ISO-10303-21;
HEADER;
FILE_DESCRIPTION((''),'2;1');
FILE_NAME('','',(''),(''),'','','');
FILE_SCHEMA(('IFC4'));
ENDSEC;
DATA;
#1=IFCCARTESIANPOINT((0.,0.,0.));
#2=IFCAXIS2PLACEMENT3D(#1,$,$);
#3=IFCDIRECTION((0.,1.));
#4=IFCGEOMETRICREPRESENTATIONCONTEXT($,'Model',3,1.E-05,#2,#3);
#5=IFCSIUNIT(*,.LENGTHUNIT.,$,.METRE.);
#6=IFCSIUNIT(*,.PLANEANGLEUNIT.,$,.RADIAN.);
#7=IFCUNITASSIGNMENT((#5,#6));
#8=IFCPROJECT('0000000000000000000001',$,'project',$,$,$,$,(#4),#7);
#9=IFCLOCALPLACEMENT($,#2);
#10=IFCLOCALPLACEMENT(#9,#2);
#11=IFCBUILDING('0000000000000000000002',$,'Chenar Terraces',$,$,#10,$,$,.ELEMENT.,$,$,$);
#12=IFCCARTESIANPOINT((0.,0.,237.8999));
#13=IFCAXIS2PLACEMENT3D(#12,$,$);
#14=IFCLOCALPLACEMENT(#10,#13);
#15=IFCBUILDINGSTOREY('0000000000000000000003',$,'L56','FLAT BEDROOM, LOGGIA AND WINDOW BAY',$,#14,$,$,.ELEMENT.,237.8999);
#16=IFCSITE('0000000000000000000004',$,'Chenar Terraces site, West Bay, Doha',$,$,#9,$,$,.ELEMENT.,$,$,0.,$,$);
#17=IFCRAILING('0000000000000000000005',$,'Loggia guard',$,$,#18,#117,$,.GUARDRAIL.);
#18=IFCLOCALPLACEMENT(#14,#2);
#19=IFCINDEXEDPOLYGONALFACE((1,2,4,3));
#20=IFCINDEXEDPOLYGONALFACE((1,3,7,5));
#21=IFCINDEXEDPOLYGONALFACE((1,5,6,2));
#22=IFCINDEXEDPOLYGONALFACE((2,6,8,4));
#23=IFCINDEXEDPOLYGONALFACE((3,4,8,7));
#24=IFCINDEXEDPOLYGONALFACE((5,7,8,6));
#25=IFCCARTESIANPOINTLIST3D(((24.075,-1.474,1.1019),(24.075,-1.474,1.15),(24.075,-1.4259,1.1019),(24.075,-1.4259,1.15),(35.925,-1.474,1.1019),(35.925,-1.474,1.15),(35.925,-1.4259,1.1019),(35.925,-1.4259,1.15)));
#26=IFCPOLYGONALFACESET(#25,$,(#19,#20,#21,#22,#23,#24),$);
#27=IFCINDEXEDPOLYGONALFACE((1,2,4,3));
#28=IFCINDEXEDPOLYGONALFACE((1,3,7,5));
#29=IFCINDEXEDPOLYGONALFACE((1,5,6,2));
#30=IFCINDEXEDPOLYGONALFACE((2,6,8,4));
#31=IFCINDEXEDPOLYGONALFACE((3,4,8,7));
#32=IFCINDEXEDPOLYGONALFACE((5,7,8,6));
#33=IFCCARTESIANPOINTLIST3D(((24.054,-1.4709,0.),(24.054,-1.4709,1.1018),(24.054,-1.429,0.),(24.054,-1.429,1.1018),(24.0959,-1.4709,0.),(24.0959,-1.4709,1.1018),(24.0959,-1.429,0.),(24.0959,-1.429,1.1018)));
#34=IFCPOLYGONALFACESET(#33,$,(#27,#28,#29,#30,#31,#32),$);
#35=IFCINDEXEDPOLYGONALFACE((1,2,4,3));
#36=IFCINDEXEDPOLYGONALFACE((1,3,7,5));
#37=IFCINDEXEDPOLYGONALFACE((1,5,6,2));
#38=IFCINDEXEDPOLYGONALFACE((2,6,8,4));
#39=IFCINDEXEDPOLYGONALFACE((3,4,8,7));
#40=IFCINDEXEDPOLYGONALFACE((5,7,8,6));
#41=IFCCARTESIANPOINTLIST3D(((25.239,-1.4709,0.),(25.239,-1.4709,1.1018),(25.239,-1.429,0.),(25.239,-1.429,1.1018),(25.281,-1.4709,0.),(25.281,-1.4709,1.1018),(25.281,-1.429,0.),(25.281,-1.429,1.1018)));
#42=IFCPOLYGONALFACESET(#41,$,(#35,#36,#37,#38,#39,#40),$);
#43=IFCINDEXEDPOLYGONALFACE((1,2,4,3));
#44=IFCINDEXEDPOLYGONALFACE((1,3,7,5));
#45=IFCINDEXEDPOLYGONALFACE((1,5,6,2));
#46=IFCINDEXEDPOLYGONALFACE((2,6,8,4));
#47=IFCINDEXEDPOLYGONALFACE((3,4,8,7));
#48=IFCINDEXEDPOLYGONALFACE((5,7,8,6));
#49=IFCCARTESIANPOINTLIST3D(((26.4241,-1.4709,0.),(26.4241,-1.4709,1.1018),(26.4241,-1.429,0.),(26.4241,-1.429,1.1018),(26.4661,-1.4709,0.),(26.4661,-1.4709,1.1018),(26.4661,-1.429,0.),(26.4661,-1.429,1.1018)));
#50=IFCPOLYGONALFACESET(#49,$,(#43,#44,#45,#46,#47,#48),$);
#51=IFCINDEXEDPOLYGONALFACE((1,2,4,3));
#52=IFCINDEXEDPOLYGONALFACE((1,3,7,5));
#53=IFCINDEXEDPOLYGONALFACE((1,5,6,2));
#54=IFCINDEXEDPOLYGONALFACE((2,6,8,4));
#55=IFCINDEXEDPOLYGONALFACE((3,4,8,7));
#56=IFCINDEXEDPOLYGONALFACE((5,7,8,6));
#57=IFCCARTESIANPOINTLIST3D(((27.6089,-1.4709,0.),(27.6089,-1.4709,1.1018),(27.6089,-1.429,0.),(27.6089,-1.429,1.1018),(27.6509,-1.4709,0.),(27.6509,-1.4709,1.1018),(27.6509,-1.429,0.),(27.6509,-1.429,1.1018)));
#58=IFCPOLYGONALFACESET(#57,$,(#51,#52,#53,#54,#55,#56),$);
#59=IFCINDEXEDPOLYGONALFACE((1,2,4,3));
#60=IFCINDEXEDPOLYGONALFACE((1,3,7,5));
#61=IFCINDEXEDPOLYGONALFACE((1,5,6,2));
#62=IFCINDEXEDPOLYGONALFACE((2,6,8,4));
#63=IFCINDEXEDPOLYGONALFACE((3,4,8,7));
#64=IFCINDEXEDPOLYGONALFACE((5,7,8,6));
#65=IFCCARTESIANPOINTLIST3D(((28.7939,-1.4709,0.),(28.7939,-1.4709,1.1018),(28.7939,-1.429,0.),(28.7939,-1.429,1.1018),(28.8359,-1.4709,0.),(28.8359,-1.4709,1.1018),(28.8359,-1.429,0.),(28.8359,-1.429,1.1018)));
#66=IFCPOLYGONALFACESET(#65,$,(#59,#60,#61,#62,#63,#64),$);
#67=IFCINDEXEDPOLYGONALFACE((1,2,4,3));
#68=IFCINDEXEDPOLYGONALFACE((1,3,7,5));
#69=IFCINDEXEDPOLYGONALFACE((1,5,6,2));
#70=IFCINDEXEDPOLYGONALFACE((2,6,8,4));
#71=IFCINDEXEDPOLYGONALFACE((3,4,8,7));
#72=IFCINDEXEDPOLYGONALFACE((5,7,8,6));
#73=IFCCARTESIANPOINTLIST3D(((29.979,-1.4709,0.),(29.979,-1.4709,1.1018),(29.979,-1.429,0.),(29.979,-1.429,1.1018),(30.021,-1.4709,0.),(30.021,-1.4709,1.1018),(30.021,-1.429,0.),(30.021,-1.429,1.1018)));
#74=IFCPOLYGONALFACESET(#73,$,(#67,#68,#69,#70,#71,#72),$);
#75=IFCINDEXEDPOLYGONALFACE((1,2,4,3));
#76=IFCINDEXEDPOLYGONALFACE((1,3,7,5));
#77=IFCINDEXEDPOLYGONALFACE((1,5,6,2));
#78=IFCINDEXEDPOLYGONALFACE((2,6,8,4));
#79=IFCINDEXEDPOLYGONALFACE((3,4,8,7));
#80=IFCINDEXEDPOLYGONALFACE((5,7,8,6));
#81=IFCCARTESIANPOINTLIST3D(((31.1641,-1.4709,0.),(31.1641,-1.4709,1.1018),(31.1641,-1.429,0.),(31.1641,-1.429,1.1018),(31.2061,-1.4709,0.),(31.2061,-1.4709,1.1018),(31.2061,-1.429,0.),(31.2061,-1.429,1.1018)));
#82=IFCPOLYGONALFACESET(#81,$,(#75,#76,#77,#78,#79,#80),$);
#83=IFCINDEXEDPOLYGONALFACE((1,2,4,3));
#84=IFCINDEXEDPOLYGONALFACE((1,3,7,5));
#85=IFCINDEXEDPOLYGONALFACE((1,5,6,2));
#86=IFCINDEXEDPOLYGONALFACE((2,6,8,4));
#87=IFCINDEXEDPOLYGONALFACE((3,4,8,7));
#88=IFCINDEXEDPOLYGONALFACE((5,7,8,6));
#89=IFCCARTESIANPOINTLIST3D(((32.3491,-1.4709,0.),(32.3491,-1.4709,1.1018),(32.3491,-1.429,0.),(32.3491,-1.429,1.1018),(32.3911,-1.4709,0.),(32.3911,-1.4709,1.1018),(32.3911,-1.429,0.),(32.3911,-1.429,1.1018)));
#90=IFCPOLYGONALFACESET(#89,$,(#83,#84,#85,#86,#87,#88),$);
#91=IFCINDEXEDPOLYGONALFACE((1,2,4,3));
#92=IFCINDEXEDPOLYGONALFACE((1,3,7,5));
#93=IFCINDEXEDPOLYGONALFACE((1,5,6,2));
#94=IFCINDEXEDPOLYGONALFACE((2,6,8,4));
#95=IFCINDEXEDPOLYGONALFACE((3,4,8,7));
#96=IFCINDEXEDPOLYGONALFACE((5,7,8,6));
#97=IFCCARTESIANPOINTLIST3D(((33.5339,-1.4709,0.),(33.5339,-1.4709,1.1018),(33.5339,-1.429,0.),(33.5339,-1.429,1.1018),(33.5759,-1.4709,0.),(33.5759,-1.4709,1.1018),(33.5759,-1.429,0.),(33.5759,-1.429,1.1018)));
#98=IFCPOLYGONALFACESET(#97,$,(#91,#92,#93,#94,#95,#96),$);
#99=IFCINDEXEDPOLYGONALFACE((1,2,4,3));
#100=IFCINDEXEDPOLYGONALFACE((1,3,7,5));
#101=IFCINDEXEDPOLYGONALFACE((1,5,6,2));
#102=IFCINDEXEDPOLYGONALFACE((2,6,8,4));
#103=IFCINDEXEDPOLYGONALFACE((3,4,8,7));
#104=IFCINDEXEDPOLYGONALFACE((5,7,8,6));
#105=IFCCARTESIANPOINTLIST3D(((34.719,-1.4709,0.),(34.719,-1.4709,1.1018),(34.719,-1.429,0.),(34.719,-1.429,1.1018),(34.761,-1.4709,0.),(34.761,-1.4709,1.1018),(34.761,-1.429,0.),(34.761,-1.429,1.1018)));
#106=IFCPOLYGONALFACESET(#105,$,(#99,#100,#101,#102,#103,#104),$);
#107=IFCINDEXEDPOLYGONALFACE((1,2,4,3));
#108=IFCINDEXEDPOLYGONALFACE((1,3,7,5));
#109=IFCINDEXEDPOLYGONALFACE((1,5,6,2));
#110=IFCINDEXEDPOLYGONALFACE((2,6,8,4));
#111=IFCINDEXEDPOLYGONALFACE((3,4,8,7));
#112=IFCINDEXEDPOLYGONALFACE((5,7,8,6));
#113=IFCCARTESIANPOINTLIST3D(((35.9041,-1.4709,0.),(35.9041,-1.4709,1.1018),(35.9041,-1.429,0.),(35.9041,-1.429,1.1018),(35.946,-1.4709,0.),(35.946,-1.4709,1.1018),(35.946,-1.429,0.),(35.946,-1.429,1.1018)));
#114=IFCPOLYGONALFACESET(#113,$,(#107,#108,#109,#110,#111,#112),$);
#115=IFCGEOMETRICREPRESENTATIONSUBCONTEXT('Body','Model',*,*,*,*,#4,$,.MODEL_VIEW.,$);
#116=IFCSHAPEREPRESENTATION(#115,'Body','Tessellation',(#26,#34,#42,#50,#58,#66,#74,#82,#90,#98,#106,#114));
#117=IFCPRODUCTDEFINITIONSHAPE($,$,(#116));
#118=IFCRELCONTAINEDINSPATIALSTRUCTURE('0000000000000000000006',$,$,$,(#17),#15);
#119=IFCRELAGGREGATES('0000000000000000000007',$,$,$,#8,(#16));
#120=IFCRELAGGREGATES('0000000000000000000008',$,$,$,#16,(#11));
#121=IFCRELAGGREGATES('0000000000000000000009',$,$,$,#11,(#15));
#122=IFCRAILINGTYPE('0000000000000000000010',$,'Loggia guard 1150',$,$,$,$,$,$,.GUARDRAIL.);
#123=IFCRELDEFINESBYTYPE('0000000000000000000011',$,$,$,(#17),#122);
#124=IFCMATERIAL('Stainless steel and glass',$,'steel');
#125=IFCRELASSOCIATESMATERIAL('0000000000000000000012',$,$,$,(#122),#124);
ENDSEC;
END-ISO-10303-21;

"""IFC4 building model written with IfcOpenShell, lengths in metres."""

from ifc_helpers import new_model, si_unit, direction, frame, origin, origin_2d, place, context, subcontext, project, spatial, rectangle, extrude, material, type_object, element, save


model = new_model("IFC4")

# Units and contexts
model_context = context("Model", 3, precision=1e-05, world=origin(), true_north=direction((0.0, 1.0)))
body_context = subcontext(model_context, "Body", "Model", "MODEL_VIEW")
ifc_project = project(units=[si_unit("LENGTHUNIT", "METRE"), si_unit("PLANEANGLEUNIT", "RADIAN")], contexts=[model_context])

# Site, building, storey
site_placement = place(None, origin())
site = spatial("IfcSite", under=ifc_project, at=site_placement, Name="Chenar Terraces site, West Bay, Doha", CompositionType="ELEMENT", RefElevation=0.0)
building_placement = place(site_placement, origin())
building = spatial("IfcBuilding", under=site, at=building_placement, Name="Chenar Terraces", CompositionType="ELEMENT")
storey_placement = place(building_placement, frame((0.0, 0.0, 237.8999)))
storey = spatial("IfcBuildingStorey", under=building, at=storey_placement, Name="L56", Description="FLAT BEDROOM, LOGGIA AND WINDOW BAY", CompositionType="ELEMENT", Elevation=237.8999)

# Railing
ifc_material_1 = material(Name="Stainless steel and glass", Category="steel")
railing_type = type_object("IfcRailingType", Name="Loggia guard 1150", PredefinedType="GUARDRAIL", material=ifc_material_1)
railing_placement = place(storey_placement, frame((24.075, -1.45, 0.0)))
element("IfcRailing", 1, at=railing_placement, inside=storey, type_object=railing_type, Name="Loggia guard", PredefinedType="GUARDRAIL", context=body_context, shape_type="SweptSolid", body=[
    extrude(rectangle(XDim=0.0481, YDim=0.0481, at=origin_2d()), frame((0.0, 0.0, 1.126), z_axis=(1.0, 0.0, 0.0), x_axis=(0.0, 1.0, 0.0)), (0.0, 0.0, 1.0), 11.8501),
    extrude(rectangle(XDim=0.042, YDim=0.042, at=origin_2d()), origin(), (0.0, 0.0, 1.0), 1.1018),
    extrude(rectangle(XDim=0.042, YDim=0.042, at=origin_2d()), frame((1.1851, 0.0, 0.0)), (0.0, 0.0, 1.0), 1.1018),
    extrude(rectangle(XDim=0.042, YDim=0.042, at=origin_2d()), frame((2.3701, 0.0, 0.0)), (0.0, 0.0, 1.0), 1.1018),
    extrude(rectangle(XDim=0.042, YDim=0.042, at=origin_2d()), frame((3.5549, 0.0, 0.0)), (0.0, 0.0, 1.0), 1.1018),
    extrude(rectangle(XDim=0.042, YDim=0.042, at=origin_2d()), frame((4.74, 0.0, 0.0)), (0.0, 0.0, 1.0), 1.1018),
    extrude(rectangle(XDim=0.042, YDim=0.042, at=origin_2d()), frame((5.925, 0.0, 0.0)), (0.0, 0.0, 1.0), 1.1018),
    extrude(rectangle(XDim=0.042, YDim=0.042, at=origin_2d()), frame((7.1101, 0.0, 0.0)), (0.0, 0.0, 1.0), 1.1018),
    extrude(rectangle(XDim=0.042, YDim=0.042, at=origin_2d()), frame((8.2952, 0.0, 0.0)), (0.0, 0.0, 1.0), 1.1018),
    extrude(rectangle(XDim=0.042, YDim=0.042, at=origin_2d()), frame((9.48, 0.0, 0.0)), (0.0, 0.0, 1.0), 1.1018),
    extrude(rectangle(XDim=0.042, YDim=0.042, at=origin_2d()), frame((10.665, 0.0, 0.0)), (0.0, 0.0, 1.0), 1.1018),
    extrude(rectangle(XDim=0.042, YDim=0.042, at=origin_2d()), frame((11.8501, 0.0, 0.0)), (0.0, 0.0, 1.0), 1.1018),
])

save(model, "model.ifc")
